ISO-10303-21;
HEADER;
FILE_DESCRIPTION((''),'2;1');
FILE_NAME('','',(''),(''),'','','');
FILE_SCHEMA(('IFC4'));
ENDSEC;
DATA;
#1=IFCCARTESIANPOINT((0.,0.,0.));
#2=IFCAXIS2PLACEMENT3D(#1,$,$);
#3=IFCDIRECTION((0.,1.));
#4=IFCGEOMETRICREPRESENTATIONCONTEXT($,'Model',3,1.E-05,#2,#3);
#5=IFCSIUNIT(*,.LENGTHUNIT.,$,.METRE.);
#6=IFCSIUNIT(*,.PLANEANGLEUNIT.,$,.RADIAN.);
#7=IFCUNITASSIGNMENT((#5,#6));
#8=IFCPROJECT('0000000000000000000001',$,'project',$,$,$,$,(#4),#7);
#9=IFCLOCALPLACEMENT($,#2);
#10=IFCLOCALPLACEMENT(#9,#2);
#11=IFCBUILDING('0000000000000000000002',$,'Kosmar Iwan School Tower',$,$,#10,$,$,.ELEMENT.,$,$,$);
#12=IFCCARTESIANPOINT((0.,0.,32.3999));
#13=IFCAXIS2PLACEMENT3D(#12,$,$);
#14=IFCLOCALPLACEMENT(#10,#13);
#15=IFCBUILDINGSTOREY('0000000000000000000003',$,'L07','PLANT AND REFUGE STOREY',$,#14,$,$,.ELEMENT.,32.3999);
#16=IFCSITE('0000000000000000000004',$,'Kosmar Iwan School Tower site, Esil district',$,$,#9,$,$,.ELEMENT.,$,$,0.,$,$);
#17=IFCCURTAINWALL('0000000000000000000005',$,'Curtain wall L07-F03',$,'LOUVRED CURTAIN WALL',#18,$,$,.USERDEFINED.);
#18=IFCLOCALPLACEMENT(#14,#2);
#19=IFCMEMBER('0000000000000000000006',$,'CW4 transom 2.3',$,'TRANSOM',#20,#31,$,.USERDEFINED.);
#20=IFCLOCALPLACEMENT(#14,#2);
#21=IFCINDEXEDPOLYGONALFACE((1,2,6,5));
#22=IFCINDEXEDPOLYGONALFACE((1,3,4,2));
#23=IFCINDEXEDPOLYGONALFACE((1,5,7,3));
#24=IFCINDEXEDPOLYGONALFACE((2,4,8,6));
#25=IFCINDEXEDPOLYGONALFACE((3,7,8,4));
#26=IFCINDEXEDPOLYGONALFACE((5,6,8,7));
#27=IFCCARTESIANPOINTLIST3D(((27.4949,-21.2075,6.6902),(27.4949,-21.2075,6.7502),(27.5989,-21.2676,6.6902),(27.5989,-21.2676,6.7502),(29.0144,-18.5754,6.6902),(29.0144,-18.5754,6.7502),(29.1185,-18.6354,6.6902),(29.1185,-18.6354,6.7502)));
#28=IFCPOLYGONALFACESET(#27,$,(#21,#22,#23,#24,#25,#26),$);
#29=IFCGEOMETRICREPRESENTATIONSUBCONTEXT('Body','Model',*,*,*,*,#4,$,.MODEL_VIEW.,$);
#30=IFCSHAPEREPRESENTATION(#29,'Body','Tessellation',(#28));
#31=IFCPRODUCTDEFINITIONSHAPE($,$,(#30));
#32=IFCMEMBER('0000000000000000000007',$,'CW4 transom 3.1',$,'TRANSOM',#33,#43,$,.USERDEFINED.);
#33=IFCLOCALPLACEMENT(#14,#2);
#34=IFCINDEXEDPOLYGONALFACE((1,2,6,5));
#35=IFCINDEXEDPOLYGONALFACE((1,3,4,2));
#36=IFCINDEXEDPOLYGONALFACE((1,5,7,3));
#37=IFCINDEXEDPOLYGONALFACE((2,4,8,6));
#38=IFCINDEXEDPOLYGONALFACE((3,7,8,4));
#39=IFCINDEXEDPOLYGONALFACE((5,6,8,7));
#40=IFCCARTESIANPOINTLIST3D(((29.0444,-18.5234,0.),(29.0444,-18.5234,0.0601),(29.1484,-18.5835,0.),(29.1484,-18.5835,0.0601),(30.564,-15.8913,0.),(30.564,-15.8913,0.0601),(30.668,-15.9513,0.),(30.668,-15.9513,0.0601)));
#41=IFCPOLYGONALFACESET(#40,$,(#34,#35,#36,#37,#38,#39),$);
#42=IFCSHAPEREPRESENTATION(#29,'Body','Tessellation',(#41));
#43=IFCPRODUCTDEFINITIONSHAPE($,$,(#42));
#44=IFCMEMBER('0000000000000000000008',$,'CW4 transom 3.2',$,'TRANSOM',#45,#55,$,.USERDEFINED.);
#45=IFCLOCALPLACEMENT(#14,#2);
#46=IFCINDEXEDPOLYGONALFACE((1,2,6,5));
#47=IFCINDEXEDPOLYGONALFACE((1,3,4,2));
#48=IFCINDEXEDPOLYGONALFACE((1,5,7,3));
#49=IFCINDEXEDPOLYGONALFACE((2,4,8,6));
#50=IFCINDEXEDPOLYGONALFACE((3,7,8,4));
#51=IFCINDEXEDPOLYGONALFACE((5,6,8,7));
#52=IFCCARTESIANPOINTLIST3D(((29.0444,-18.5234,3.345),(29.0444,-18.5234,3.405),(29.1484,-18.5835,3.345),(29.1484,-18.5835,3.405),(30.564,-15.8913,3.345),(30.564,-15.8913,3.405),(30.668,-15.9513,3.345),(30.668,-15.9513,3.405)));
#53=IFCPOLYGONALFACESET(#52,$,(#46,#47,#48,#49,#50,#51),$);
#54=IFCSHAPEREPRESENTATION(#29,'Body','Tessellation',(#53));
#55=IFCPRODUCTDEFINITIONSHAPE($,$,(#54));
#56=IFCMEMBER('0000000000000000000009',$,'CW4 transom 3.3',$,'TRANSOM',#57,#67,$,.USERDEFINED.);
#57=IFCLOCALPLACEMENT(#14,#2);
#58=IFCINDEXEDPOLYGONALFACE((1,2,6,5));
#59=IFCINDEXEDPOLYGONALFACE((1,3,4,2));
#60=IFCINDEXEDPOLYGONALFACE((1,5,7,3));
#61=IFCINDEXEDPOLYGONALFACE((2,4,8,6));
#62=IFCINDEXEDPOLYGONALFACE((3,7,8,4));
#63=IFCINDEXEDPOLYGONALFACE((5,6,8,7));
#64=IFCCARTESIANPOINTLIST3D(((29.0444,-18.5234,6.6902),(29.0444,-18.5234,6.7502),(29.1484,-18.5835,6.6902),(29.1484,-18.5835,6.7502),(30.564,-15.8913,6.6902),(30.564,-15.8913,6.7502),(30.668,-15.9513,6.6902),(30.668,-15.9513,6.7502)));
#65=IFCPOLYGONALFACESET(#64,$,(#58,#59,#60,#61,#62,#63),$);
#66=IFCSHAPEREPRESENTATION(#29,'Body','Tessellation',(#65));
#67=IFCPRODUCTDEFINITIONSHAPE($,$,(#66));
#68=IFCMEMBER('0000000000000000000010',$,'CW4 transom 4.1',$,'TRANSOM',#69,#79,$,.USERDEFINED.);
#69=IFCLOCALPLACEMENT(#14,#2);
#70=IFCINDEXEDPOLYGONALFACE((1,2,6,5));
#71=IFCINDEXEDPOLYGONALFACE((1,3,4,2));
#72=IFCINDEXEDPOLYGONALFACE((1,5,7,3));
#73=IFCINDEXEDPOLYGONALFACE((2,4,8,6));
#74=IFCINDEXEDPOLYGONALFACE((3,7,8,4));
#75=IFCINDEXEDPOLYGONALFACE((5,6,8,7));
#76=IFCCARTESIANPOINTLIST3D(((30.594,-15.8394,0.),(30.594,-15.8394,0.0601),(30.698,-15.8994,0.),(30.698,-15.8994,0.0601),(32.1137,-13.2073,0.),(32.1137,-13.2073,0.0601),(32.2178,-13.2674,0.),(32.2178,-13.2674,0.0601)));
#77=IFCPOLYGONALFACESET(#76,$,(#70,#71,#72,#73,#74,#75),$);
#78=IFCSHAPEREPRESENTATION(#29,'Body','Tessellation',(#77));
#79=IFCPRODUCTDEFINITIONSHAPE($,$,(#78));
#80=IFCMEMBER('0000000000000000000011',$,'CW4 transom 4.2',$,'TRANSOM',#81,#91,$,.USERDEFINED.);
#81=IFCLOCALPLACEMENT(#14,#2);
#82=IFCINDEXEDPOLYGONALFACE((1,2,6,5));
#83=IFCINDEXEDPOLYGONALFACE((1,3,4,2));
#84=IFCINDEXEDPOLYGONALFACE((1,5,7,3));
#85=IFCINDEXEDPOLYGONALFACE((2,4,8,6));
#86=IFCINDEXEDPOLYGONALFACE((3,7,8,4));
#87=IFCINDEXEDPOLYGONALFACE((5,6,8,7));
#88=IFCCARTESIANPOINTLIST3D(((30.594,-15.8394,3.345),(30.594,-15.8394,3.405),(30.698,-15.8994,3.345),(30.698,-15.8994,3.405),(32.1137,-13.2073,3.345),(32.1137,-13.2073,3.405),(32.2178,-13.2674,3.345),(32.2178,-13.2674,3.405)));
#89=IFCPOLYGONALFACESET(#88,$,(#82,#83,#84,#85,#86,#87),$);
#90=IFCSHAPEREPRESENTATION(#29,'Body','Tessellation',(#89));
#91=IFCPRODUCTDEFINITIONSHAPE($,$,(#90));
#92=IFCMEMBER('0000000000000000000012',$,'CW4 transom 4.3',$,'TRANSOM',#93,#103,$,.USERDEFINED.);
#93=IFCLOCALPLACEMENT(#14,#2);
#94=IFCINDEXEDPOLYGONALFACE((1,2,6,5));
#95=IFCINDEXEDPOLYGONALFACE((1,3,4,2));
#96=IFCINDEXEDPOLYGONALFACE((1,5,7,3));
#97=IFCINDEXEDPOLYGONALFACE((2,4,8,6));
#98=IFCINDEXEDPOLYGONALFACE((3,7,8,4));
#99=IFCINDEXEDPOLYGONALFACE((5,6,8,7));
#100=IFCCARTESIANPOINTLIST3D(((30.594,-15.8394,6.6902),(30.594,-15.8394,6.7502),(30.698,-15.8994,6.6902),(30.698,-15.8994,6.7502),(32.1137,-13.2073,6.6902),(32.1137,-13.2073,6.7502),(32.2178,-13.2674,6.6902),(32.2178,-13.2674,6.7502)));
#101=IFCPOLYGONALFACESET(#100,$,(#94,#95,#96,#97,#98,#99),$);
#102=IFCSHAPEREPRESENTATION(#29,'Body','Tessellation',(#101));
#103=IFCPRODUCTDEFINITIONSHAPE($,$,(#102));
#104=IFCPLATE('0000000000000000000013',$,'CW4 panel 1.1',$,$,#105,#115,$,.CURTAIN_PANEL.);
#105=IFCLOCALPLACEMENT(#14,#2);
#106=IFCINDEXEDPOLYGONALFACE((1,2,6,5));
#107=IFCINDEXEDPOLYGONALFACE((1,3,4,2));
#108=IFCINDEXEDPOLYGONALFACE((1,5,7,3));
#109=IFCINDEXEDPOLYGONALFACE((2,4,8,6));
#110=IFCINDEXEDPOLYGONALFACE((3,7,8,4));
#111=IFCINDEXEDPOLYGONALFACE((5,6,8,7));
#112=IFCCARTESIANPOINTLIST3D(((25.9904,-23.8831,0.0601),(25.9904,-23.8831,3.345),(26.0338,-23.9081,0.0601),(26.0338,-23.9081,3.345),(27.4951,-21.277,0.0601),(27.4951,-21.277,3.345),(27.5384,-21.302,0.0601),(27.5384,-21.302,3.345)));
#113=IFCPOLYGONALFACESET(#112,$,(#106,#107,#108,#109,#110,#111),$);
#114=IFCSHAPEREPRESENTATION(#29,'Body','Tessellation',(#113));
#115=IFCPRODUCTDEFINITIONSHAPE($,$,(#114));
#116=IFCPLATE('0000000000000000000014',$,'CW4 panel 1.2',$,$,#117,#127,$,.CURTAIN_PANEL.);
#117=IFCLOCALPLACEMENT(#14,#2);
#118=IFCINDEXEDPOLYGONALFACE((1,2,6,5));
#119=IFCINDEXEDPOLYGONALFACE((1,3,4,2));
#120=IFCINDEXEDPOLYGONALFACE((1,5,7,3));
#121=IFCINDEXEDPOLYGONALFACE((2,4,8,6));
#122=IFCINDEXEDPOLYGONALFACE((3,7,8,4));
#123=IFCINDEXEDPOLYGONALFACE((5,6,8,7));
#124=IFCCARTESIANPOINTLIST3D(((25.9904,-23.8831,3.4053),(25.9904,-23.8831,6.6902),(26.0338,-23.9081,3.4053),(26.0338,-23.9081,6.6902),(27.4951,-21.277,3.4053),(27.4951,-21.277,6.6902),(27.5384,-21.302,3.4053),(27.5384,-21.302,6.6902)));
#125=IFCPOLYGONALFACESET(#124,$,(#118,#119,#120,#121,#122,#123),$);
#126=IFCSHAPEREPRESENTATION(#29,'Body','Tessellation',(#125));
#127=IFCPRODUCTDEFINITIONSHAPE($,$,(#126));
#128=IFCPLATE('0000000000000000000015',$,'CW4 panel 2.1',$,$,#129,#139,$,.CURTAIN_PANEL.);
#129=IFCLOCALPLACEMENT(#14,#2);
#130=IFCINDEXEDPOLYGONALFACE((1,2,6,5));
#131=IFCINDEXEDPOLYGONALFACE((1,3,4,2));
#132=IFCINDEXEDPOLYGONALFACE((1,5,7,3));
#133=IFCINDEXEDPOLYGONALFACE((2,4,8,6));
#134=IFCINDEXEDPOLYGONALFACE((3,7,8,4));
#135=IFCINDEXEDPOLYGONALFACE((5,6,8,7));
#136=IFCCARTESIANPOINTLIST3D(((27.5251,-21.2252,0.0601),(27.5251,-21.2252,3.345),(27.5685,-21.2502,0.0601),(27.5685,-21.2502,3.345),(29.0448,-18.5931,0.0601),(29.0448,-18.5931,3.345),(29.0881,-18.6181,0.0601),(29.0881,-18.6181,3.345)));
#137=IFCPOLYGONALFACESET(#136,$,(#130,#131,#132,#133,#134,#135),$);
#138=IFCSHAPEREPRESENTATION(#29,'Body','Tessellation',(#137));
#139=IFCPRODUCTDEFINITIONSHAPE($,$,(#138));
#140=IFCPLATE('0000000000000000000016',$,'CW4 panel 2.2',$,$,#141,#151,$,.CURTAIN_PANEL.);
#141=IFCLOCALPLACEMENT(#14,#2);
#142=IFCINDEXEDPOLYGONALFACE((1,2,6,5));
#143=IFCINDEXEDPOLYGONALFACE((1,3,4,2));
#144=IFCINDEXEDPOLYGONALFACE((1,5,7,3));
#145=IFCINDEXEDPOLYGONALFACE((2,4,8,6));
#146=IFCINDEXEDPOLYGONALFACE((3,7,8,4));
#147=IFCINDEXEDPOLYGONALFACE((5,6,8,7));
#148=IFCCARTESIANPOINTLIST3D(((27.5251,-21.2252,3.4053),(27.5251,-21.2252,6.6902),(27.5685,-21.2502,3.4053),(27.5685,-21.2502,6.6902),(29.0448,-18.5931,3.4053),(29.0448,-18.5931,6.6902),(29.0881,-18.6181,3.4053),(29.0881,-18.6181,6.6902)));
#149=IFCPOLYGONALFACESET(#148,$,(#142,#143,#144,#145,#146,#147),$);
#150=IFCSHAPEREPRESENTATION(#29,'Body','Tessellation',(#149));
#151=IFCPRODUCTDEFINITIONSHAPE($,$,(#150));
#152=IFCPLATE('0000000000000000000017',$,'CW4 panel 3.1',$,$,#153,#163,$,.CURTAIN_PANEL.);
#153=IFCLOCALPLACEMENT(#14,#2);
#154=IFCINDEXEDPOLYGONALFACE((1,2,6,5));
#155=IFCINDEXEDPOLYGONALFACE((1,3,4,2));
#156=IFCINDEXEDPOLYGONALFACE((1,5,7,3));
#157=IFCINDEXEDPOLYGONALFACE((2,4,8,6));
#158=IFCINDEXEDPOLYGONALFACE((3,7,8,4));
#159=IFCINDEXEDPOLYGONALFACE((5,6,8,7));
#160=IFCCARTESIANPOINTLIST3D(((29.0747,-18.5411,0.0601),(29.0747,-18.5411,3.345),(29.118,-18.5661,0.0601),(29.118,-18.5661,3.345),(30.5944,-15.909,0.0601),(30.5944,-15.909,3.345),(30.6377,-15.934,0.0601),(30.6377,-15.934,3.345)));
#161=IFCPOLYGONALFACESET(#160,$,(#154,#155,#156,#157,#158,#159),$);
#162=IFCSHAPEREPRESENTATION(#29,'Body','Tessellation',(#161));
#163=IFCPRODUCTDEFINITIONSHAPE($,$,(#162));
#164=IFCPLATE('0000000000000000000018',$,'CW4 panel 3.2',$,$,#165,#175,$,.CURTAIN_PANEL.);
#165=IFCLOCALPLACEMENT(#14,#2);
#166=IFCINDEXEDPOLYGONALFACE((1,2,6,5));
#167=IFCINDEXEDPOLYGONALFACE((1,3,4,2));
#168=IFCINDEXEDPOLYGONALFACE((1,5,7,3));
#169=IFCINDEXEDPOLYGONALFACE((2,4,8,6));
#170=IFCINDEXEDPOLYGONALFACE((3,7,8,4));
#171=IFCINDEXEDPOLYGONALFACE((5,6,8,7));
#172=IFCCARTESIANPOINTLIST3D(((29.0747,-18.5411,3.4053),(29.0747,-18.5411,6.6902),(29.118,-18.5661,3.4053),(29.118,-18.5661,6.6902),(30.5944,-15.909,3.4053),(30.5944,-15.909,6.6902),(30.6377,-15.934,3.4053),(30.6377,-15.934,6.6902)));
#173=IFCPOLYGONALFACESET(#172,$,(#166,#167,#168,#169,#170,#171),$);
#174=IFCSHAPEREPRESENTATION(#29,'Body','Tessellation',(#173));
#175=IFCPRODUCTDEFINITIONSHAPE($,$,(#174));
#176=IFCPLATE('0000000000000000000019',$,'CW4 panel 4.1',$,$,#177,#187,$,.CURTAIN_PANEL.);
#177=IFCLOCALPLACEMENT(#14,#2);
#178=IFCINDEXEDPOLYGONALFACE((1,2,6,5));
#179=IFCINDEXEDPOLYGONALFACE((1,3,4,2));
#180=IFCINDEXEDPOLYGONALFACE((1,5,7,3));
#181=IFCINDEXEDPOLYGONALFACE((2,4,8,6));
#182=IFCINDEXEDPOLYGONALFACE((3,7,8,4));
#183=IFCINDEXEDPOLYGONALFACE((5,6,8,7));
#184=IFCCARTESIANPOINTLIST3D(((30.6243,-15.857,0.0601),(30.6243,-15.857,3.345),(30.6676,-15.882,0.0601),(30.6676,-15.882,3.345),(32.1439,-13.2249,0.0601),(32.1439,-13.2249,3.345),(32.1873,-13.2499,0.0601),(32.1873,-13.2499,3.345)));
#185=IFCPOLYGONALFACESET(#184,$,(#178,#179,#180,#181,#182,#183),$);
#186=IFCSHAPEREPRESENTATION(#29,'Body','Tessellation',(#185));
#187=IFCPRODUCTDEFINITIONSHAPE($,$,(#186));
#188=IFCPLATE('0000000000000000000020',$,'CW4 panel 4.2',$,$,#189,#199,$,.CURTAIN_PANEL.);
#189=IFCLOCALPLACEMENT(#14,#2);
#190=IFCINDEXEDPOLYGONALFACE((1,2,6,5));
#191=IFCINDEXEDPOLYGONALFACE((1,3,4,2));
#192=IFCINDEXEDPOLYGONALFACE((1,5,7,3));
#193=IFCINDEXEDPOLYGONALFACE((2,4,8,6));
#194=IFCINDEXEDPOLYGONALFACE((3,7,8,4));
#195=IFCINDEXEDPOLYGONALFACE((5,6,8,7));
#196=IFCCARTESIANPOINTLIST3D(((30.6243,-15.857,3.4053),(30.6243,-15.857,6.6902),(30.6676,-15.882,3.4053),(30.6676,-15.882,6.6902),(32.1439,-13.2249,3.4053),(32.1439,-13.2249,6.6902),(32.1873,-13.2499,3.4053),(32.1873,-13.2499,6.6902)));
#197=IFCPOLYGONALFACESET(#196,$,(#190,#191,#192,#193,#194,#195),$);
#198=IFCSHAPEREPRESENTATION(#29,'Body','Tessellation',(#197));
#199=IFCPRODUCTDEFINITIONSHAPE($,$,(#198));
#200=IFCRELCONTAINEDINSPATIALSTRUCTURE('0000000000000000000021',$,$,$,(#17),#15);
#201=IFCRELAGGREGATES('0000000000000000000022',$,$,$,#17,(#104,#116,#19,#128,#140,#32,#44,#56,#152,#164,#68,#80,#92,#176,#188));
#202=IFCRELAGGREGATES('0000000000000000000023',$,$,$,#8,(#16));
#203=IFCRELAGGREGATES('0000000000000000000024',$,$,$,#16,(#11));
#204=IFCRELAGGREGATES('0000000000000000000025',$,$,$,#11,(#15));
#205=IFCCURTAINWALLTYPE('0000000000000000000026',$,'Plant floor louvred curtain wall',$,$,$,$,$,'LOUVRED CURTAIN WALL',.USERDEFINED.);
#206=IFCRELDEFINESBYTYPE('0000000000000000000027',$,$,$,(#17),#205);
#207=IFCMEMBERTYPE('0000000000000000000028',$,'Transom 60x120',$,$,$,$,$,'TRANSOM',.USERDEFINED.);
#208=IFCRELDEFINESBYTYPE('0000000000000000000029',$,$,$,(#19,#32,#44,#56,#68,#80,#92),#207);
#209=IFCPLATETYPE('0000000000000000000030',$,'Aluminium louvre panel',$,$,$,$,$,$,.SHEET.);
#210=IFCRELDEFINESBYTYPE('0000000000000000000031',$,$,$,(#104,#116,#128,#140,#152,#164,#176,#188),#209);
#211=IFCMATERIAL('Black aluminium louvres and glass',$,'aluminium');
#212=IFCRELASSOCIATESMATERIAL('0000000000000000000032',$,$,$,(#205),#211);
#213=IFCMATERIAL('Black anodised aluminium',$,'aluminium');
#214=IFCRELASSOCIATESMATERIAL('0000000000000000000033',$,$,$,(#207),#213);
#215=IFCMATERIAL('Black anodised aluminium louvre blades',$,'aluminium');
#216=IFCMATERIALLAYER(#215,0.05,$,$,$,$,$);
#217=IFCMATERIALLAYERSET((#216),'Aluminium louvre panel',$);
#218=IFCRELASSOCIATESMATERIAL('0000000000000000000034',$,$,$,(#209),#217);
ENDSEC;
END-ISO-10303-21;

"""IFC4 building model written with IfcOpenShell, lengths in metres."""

from ifc_helpers import new_model, si_unit, direction, frame, origin, origin_2d, place, context, subcontext, project, spatial, rectangle, extrude, material, layer, layer_set, material_profile, profile_set, type_object, element, aggregate, save


model = new_model("IFC4")

# Units and contexts
model_context = context("Model", 3, precision=1e-05, world=origin(), true_north=direction((0.0, 1.0)))
body_context = subcontext(model_context, "Body", "Model", "MODEL_VIEW")
ifc_project = project(units=[si_unit("LENGTHUNIT", "METRE"), si_unit("PLANEANGLEUNIT", "RADIAN")], contexts=[model_context])

# Site, building, storey
site_placement = place(None, origin())
site = spatial("IfcSite", under=ifc_project, at=site_placement, Name="Kosmar Iwan School Tower site, Esil district", CompositionType="ELEMENT", RefElevation=0.0)
building_placement = place(site_placement, origin())
building = spatial("IfcBuilding", under=site, at=building_placement, Name="Kosmar Iwan School Tower", CompositionType="ELEMENT")
storey_placement = place(building_placement, frame((0.0, 0.0, 32.3999)))
storey = spatial("IfcBuildingStorey", under=building, at=storey_placement, Name="L07", Description="PLANT AND REFUGE STOREY", CompositionType="ELEMENT", Elevation=32.3999)

# Curtain wall
ifc_material_1 = material(Name="Black aluminium louvres and glass", Category="aluminium")
curtain_wall_type_1 = type_object("IfcCurtainWallType", Name="Plant floor louvred curtain wall", ElementType="LOUVRED CURTAIN WALL", PredefinedType="USERDEFINED", material=ifc_material_1)
curtain_wall_1_placement = place(storey_placement, origin())
curtain_wall_1 = element("IfcCurtainWall", 1, at=curtain_wall_1_placement, inside=storey, type_object=curtain_wall_type_1, Name="Curtain wall L07-F03", ObjectType="LOUVRED CURTAIN WALL", PredefinedType="USERDEFINED")

# Members
ifc_material_2 = material(Name="Black anodised aluminium", Category="aluminium")
ifc_material_profile_1 = material_profile(ifc_material_2, rectangle(XDim=0.1201, YDim=0.0601, at=origin_2d()), Name="TRANSOM 60x120")
ifc_profile_set_1 = profile_set([ifc_material_profile_1], Name="Black anodised aluminium")
member_type_1 = type_object("IfcMemberType", Name="Transom 60x120", ElementType="TRANSOM", PredefinedType="USERDEFINED", material=ifc_profile_set_1)
member_1_placement = place(storey_placement, frame((27.5469, -21.2375, 6.7202), z_axis=(0.499975, 0.86604, 0.0), x_axis=(-0.86604, 0.499975, 0.0)))
member_1 = element("IfcMember", 2, at=member_1_placement, type_object=member_type_1, Name="CW4 transom 2.3", ObjectType="TRANSOM", PredefinedType="USERDEFINED", context=body_context, shape_type="SweptSolid", body=[
    extrude(rectangle(XDim=0.1201, YDim=0.0601, at=origin_2d()), origin(), (0.0, 0.0, 1.0), 3.0393),
])
member_2_placement = place(storey_placement, frame((29.0964, -18.5535, 0.03), z_axis=(0.499975, 0.86604, 0.0), x_axis=(-0.86604, 0.499975, 0.0)))
member_2 = element("IfcMember", 3, at=member_2_placement, type_object=member_type_1, Name="CW4 transom 3.1", ObjectType="TRANSOM", PredefinedType="USERDEFINED", context=body_context, shape_type="SweptSolid", body=[
    extrude(rectangle(XDim=0.1201, YDim=0.0601, at=origin_2d()), origin(), (0.0, 0.0, 1.0), 3.0393),
])
member_3_placement = place(storey_placement, frame((29.0964, -18.5535, 3.375), z_axis=(0.499975, 0.86604, 0.0), x_axis=(-0.86604, 0.499975, 0.0)))
member_3 = element("IfcMember", 4, at=member_3_placement, type_object=member_type_1, Name="CW4 transom 3.2", ObjectType="TRANSOM", PredefinedType="USERDEFINED", context=body_context, shape_type="SweptSolid", body=[
    extrude(rectangle(XDim=0.1201, YDim=0.0601, at=origin_2d()), origin(), (0.0, 0.0, 1.0), 3.0393),
])
member_4_placement = place(storey_placement, frame((29.0964, -18.5535, 6.7202), z_axis=(0.499975, 0.86604, 0.0), x_axis=(-0.86604, 0.499975, 0.0)))
member_4 = element("IfcMember", 5, at=member_4_placement, type_object=member_type_1, Name="CW4 transom 3.3", ObjectType="TRANSOM", PredefinedType="USERDEFINED", context=body_context, shape_type="SweptSolid", body=[
    extrude(rectangle(XDim=0.1201, YDim=0.0601, at=origin_2d()), origin(), (0.0, 0.0, 1.0), 3.0393),
])
member_5_placement = place(storey_placement, frame((30.646, -15.8694, 0.03), z_axis=(0.500035, 0.866005, 0.0), x_axis=(-0.866005, 0.500035, 0.0)))
member_5 = element("IfcMember", 6, at=member_5_placement, type_object=member_type_1, Name="CW4 transom 4.1", ObjectType="TRANSOM", PredefinedType="USERDEFINED", context=body_context, shape_type="SweptSolid", body=[
    extrude(rectangle(XDim=0.1201, YDim=0.0601, at=origin_2d()), origin(), (0.0, 0.0, 1.0), 3.0393),
])
member_6_placement = place(storey_placement, frame((30.646, -15.8694, 3.375), z_axis=(0.500035, 0.866005, 0.0), x_axis=(-0.866005, 0.500035, 0.0)))
member_6 = element("IfcMember", 7, at=member_6_placement, type_object=member_type_1, Name="CW4 transom 4.2", ObjectType="TRANSOM", PredefinedType="USERDEFINED", context=body_context, shape_type="SweptSolid", body=[
    extrude(rectangle(XDim=0.1201, YDim=0.0601, at=origin_2d()), origin(), (0.0, 0.0, 1.0), 3.0393),
])
member_7_placement = place(storey_placement, frame((30.646, -15.8694, 6.7202), z_axis=(0.500035, 0.866005, 0.0), x_axis=(-0.866005, 0.500035, 0.0)))
member_7 = element("IfcMember", 8, at=member_7_placement, type_object=member_type_1, Name="CW4 transom 4.3", ObjectType="TRANSOM", PredefinedType="USERDEFINED", context=body_context, shape_type="SweptSolid", body=[
    extrude(rectangle(XDim=0.1201, YDim=0.0601, at=origin_2d()), origin(), (0.0, 0.0, 1.0), 3.0393),
])

# Plates
ifc_material_3 = material(Name="Black anodised aluminium louvre blades", Category="aluminium")
ifc_layer = layer(ifc_material_3, 0.05)
ifc_layer_set = layer_set([ifc_layer], Name="Aluminium louvre panel")
plate_type = type_object("IfcPlateType", Name="Aluminium louvre panel", PredefinedType="SHEET", material=ifc_layer_set)
plate_1_placement = place(storey_placement, frame((26.7644, -22.5925, 0.0601), z_axis=(0.0, 0.0, 1.0), x_axis=(0.5, 0.866025, 0.0)))
plate_1 = element("IfcPlate", 9, at=plate_1_placement, type_object=plate_type, Name="CW4 panel 1.1", PredefinedType="CURTAIN_PANEL", context=body_context, shape_type="SweptSolid", body=[
    extrude(rectangle(XDim=3.0093, YDim=0.05, at=origin_2d()), origin(), (0.0, 0.0, 1.0), 3.2849),
])
plate_2_placement = place(storey_placement, frame((26.7644, -22.5925, 3.4053), z_axis=(0.0, 0.0, 1.0), x_axis=(0.5, 0.866025, 0.0)))
plate_2 = element("IfcPlate", 10, at=plate_2_placement, type_object=plate_type, Name="CW4 panel 1.2", PredefinedType="CURTAIN_PANEL", context=body_context, shape_type="SweptSolid", body=[
    extrude(rectangle(XDim=3.0093, YDim=0.05, at=origin_2d()), origin(), (0.0, 0.0, 1.0), 3.2849),
])
plate_3_placement = place(storey_placement, frame((28.3066, -19.9216, 0.0601), z_axis=(0.0, 0.0, 1.0), x_axis=(0.5, 0.866025, 0.0)))
plate_3 = element("IfcPlate", 11, at=plate_3_placement, type_object=plate_type, Name="CW4 panel 2.1", PredefinedType="CURTAIN_PANEL", context=body_context, shape_type="SweptSolid", body=[
    extrude(rectangle(XDim=3.0393, YDim=0.05, at=origin_2d()), origin(), (0.0, 0.0, 1.0), 3.2849),
])
plate_4_placement = place(storey_placement, frame((28.3066, -19.9216, 3.4053), z_axis=(0.0, 0.0, 1.0), x_axis=(0.5, 0.866025, 0.0)))
plate_4 = element("IfcPlate", 12, at=plate_4_placement, type_object=plate_type, Name="CW4 panel 2.2", PredefinedType="CURTAIN_PANEL", context=body_context, shape_type="SweptSolid", body=[
    extrude(rectangle(XDim=3.0393, YDim=0.05, at=origin_2d()), origin(), (0.0, 0.0, 1.0), 3.2849),
])
plate_5_placement = place(storey_placement, frame((29.8562, -17.2375, 0.0601), z_axis=(0.0, 0.0, 1.0), x_axis=(0.5, 0.866025, 0.0)))
plate_5 = element("IfcPlate", 13, at=plate_5_placement, type_object=plate_type, Name="CW4 panel 3.1", PredefinedType="CURTAIN_PANEL", context=body_context, shape_type="SweptSolid", body=[
    extrude(rectangle(XDim=3.0393, YDim=0.05, at=origin_2d()), origin(), (0.0, 0.0, 1.0), 3.2849),
])
plate_6_placement = place(storey_placement, frame((29.8562, -17.2375, 3.4053), z_axis=(0.0, 0.0, 1.0), x_axis=(0.5, 0.866025, 0.0)))
plate_6 = element("IfcPlate", 14, at=plate_6_placement, type_object=plate_type, Name="CW4 panel 3.2", PredefinedType="CURTAIN_PANEL", context=body_context, shape_type="SweptSolid", body=[
    extrude(rectangle(XDim=3.0393, YDim=0.05, at=origin_2d()), origin(), (0.0, 0.0, 1.0), 3.2849),
])
plate_7_placement = place(storey_placement, frame((31.4058, -14.5535, 0.0601), z_axis=(0.0, 0.0, 1.0), x_axis=(0.5, 0.866025, 0.0)))
plate_7 = element("IfcPlate", 15, at=plate_7_placement, type_object=plate_type, Name="CW4 panel 4.1", PredefinedType="CURTAIN_PANEL", context=body_context, shape_type="SweptSolid", body=[
    extrude(rectangle(XDim=3.0393, YDim=0.05, at=origin_2d()), origin(), (0.0, 0.0, 1.0), 3.2849),
])
plate_8_placement = place(storey_placement, frame((31.4058, -14.5535, 3.4053), z_axis=(0.0, 0.0, 1.0), x_axis=(0.5, 0.866025, 0.0)))
plate_8 = element("IfcPlate", 16, at=plate_8_placement, type_object=plate_type, Name="CW4 panel 4.2", PredefinedType="CURTAIN_PANEL", context=body_context, shape_type="SweptSolid", body=[
    extrude(rectangle(XDim=3.0393, YDim=0.05, at=origin_2d()), origin(), (0.0, 0.0, 1.0), 3.2849),
])
aggregate(curtain_wall_1, [plate_1, plate_2, member_1, plate_3, plate_4, member_2, member_3, member_4, plate_5, plate_6, member_5, member_6, member_7, plate_7, plate_8])

save(model, "model.ifc")
